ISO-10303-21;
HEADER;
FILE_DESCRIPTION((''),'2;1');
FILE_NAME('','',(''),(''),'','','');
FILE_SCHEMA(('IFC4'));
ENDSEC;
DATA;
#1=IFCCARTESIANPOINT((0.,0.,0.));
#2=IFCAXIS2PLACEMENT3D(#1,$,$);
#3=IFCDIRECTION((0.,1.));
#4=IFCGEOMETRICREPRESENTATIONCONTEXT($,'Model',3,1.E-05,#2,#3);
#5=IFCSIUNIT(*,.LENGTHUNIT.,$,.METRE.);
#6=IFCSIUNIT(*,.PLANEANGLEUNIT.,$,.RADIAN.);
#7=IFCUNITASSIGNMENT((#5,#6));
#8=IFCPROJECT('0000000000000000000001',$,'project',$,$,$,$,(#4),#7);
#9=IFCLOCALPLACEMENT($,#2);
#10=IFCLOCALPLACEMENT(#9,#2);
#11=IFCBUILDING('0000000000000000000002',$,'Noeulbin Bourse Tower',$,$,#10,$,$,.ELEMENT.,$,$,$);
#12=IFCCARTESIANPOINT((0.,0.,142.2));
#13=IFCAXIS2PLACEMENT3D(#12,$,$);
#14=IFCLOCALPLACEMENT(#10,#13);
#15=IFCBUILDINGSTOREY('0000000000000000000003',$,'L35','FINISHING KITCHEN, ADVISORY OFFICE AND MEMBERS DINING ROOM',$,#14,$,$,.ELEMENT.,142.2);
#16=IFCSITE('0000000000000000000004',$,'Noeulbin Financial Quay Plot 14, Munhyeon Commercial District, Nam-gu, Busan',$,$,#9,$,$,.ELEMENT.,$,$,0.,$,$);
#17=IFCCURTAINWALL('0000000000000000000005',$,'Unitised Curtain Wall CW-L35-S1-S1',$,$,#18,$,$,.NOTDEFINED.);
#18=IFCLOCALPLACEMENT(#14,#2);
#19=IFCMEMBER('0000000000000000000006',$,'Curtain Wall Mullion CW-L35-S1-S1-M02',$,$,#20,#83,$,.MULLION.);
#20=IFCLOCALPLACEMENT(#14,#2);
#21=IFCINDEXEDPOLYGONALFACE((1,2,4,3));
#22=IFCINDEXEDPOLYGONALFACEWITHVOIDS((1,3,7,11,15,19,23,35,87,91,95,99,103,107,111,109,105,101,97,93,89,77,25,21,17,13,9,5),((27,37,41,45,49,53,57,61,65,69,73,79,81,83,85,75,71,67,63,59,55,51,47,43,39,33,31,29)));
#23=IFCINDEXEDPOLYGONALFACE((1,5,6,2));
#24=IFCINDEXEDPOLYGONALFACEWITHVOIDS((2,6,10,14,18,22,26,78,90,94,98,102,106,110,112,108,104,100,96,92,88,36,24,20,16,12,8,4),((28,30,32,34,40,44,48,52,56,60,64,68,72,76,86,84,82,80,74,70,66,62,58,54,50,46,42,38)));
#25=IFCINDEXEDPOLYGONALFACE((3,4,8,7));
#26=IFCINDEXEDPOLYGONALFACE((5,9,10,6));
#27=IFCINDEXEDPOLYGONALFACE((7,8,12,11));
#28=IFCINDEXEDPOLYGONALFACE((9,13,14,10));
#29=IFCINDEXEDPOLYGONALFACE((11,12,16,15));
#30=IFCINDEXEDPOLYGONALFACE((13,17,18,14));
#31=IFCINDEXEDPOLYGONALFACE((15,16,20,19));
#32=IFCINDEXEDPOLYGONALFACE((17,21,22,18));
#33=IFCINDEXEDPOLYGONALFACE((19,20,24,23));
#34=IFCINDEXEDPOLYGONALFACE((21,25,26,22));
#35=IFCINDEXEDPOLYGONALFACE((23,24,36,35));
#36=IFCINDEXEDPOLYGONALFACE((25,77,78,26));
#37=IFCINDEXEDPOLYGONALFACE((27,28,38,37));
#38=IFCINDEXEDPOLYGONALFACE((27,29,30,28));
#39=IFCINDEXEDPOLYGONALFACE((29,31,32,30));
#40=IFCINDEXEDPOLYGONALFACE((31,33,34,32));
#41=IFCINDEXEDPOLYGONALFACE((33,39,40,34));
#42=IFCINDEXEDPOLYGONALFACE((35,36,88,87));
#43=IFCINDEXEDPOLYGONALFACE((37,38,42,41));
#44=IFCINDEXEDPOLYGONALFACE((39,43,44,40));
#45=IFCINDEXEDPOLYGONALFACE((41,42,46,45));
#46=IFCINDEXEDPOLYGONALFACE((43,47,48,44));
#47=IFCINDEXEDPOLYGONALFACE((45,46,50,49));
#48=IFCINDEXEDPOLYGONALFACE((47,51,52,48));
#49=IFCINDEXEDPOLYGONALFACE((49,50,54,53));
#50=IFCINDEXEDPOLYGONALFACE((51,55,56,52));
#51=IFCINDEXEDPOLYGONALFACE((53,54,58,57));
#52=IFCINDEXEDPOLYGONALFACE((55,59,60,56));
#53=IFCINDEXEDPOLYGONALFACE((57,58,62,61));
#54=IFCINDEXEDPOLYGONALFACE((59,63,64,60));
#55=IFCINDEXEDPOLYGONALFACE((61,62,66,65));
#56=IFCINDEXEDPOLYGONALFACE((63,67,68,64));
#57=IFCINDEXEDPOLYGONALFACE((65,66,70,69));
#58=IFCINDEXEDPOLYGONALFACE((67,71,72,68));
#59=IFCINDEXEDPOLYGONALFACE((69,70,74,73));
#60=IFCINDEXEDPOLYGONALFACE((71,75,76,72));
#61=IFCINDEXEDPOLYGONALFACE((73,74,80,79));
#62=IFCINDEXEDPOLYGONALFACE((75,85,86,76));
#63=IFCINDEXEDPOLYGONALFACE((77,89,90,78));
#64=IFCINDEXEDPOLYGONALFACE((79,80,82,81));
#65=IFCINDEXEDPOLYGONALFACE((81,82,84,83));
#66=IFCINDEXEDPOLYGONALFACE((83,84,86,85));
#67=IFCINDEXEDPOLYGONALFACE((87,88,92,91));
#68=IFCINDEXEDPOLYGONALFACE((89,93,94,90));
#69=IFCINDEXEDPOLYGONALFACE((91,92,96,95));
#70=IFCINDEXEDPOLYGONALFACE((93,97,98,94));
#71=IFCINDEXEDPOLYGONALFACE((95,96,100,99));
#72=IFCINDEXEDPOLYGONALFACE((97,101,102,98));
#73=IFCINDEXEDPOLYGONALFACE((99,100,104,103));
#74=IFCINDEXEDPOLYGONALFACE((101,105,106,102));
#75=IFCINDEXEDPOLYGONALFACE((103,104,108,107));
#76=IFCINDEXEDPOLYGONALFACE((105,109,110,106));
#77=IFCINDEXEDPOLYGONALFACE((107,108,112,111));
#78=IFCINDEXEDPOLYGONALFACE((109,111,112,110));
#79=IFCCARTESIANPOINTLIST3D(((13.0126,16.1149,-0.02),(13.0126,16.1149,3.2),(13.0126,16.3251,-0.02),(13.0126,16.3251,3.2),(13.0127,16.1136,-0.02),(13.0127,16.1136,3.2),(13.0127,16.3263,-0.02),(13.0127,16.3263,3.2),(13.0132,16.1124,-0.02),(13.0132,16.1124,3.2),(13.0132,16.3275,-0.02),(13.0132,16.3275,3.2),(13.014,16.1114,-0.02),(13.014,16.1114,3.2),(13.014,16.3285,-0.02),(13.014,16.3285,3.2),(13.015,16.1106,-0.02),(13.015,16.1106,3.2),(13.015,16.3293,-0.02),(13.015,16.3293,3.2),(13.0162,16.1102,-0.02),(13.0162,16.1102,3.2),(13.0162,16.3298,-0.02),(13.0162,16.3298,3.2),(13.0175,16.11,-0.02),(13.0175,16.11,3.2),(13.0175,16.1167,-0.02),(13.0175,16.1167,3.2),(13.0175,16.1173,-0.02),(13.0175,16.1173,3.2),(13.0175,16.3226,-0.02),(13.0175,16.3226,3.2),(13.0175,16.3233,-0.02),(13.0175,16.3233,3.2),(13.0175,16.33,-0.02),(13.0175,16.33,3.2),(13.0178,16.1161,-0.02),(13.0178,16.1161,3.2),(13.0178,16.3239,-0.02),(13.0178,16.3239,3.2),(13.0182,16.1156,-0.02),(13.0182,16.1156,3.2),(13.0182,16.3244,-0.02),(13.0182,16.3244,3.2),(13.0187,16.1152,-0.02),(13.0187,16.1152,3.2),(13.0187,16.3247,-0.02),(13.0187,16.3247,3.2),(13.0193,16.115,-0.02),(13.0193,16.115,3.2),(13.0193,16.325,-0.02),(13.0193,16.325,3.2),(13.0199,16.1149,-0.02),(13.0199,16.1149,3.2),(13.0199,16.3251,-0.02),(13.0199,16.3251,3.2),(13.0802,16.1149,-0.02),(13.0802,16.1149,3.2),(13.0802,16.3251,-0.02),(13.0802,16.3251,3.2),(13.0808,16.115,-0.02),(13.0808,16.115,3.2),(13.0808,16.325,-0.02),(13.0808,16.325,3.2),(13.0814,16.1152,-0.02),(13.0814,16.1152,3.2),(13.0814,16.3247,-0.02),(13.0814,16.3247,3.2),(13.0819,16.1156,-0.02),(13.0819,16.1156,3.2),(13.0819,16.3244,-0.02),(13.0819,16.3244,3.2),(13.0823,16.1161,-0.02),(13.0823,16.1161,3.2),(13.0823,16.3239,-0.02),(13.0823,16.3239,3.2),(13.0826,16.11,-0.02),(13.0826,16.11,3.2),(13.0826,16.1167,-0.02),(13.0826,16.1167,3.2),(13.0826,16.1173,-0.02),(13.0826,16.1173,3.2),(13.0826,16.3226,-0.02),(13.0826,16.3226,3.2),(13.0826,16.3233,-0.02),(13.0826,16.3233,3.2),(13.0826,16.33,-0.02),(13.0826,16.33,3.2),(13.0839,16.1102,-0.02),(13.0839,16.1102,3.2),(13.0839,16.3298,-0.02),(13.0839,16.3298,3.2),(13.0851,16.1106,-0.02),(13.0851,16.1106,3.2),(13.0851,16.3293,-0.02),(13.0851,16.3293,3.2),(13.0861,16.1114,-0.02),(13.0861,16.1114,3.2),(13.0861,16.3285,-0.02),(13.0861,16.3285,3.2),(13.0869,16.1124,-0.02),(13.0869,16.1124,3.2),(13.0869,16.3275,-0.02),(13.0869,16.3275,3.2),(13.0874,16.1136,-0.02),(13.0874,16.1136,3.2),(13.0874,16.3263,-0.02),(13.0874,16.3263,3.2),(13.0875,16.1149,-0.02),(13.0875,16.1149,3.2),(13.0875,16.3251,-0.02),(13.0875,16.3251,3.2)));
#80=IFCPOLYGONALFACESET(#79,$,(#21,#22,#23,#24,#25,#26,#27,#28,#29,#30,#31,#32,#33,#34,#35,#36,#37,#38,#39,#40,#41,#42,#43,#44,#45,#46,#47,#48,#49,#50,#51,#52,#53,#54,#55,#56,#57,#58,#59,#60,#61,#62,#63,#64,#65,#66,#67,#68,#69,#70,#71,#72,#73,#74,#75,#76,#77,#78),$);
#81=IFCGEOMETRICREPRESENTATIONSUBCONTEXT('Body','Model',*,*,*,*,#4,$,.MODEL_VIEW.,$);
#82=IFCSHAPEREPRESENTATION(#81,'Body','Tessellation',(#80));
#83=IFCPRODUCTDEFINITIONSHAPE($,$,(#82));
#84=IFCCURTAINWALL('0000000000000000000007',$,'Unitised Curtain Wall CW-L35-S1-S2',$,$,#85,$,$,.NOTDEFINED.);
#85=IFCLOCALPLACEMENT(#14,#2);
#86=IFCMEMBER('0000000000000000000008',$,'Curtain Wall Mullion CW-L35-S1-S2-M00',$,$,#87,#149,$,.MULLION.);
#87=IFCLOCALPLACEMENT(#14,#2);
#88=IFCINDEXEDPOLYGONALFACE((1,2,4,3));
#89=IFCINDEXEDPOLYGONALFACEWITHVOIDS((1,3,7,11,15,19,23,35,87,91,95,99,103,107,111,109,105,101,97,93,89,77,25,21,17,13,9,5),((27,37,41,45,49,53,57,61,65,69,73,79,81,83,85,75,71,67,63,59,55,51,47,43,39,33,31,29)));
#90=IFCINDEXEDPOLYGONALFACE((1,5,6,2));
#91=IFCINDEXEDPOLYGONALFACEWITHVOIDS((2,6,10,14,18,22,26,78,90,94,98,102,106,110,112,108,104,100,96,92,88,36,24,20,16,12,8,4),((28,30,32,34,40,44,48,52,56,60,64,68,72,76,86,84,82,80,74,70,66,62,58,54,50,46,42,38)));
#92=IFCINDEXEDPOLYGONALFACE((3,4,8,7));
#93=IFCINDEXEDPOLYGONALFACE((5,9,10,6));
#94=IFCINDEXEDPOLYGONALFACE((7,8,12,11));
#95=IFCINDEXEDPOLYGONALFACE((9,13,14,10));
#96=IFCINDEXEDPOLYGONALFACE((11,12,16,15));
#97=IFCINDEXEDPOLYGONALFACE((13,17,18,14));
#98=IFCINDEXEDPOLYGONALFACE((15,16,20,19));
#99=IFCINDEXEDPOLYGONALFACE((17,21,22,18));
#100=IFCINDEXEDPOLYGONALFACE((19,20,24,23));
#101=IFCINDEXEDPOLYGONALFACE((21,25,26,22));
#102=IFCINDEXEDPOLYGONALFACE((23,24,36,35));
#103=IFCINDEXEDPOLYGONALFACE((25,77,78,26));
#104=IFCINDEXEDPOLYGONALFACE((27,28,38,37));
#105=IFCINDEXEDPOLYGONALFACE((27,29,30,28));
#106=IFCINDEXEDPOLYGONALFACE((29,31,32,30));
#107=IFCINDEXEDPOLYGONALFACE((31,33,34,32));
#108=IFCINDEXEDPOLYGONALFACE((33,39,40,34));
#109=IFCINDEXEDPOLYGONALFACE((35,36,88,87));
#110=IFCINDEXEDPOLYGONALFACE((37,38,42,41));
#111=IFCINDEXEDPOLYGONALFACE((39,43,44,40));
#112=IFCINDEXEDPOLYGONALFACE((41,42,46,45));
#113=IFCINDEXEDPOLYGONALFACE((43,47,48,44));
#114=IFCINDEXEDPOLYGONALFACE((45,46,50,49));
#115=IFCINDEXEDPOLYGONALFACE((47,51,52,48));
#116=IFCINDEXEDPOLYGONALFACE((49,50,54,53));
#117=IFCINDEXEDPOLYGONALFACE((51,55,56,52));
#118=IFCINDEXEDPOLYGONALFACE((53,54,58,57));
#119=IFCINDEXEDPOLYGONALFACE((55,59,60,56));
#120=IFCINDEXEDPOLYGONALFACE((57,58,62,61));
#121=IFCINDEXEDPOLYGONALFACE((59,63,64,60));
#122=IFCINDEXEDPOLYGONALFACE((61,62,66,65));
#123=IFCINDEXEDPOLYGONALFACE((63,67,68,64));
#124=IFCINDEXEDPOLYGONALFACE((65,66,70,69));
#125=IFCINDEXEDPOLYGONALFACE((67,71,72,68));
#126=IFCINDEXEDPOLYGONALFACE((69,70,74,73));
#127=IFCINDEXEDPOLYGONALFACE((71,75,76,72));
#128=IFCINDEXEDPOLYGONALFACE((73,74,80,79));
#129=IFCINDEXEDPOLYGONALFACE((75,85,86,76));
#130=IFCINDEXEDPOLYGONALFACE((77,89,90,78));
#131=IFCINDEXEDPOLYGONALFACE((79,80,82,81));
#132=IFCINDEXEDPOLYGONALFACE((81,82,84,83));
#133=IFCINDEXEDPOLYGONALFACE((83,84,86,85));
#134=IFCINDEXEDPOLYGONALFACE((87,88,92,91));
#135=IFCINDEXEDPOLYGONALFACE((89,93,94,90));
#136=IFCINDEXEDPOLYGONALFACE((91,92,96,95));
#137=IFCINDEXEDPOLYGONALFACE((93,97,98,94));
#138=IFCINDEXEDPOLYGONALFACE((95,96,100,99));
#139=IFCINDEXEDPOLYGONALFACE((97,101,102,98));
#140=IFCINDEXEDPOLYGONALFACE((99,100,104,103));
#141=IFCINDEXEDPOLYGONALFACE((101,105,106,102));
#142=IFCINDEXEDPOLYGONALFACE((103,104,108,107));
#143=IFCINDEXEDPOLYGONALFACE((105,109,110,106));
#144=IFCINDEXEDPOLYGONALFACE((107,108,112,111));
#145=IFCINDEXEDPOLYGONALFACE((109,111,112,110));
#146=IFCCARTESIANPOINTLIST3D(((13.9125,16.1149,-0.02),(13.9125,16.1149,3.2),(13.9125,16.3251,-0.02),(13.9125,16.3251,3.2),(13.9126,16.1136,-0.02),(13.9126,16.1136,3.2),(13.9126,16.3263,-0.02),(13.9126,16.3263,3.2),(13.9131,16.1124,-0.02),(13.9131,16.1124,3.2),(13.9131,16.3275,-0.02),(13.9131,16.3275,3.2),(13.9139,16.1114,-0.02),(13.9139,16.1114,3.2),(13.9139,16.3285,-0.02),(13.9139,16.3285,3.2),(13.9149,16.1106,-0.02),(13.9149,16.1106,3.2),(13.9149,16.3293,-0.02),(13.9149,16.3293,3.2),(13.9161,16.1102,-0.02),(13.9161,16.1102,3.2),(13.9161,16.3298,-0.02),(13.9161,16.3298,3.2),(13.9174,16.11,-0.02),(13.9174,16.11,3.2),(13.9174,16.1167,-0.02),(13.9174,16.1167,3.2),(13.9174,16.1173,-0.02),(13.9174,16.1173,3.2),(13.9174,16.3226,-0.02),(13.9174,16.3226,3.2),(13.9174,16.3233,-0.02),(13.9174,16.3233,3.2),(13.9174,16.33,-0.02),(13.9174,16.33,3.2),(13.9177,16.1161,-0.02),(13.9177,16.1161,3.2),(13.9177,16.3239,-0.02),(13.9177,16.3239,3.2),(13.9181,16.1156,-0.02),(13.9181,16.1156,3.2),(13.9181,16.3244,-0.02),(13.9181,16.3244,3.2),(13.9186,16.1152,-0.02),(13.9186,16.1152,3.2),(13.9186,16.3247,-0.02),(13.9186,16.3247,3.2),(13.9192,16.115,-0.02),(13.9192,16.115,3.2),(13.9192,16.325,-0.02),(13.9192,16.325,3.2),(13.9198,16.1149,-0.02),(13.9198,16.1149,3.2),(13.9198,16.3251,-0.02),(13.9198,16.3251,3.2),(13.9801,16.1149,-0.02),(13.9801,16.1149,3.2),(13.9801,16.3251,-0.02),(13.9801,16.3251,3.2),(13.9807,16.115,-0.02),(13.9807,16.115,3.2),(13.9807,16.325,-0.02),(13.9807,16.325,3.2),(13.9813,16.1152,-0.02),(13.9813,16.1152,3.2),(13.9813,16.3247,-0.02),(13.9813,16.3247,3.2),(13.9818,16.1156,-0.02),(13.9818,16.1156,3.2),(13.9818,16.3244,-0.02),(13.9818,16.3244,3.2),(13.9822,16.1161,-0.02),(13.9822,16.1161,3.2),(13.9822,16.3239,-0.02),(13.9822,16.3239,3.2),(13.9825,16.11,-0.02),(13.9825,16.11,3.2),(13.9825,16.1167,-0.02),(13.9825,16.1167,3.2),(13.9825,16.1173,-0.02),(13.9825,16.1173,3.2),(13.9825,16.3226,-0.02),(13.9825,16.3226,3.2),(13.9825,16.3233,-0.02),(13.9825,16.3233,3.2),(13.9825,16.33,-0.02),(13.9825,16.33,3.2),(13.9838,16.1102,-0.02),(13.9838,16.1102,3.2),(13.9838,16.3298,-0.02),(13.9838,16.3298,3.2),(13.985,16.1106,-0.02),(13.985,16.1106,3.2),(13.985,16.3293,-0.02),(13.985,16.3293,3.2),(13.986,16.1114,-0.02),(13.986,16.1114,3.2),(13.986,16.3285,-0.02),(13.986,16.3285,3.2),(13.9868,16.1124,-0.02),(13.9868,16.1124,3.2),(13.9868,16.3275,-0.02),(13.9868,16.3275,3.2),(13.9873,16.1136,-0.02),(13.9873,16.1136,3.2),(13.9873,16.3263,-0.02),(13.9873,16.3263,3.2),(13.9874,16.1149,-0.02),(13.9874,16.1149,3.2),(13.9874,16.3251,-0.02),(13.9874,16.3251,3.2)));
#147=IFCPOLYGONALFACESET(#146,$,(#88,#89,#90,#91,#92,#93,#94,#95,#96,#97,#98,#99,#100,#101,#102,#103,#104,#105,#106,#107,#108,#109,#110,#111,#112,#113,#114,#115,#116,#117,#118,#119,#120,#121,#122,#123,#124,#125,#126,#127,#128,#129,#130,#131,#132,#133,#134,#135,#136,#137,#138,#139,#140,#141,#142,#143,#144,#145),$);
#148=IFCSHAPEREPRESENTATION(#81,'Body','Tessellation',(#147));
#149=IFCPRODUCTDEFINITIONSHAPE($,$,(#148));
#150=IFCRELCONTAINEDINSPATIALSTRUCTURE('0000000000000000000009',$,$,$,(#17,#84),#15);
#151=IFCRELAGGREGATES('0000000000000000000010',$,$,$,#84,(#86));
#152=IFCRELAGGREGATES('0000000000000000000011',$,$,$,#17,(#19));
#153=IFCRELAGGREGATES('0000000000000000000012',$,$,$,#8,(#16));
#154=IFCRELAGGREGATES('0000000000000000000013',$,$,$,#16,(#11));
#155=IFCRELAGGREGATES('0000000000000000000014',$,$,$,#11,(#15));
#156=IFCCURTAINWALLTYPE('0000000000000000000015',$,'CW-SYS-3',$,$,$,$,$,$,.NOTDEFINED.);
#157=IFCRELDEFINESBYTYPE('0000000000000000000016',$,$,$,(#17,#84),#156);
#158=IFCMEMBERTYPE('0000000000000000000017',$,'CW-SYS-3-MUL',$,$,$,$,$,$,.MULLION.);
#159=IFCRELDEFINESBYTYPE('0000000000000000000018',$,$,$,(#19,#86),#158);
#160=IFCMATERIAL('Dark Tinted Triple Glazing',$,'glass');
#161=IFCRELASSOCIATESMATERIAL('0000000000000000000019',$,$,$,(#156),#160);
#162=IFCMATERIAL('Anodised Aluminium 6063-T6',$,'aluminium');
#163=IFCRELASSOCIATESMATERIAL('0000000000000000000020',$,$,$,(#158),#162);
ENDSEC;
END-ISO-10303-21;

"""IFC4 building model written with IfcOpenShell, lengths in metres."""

from ifc_helpers import new_model, si_unit, direction, frame, origin, origin_2d, place, context, subcontext, project, spatial, hollow_rectangle, extrude, material, material_profile, profile_set, type_object, element, aggregate, save


model = new_model("IFC4")

# Units and contexts
model_context = context("Model", 3, precision=1e-05, world=origin(), true_north=direction((0.0, 1.0)))
body_context = subcontext(model_context, "Body", "Model", "MODEL_VIEW")
ifc_project = project(units=[si_unit("LENGTHUNIT", "METRE"), si_unit("PLANEANGLEUNIT", "RADIAN")], contexts=[model_context])

# Site, building, storey
site_placement = place(None, origin())
site = spatial("IfcSite", under=ifc_project, at=site_placement, Name="Noeulbin Financial Quay Plot 14, Munhyeon Commercial District, Nam-gu, Busan", CompositionType="ELEMENT", RefElevation=0.0)
building_placement = place(site_placement, origin())
building = spatial("IfcBuilding", under=site, at=building_placement, Name="Noeulbin Bourse Tower", CompositionType="ELEMENT")
storey_placement = place(building_placement, frame((0.0, 0.0, 142.2)))
storey = spatial("IfcBuildingStorey", under=building, at=storey_placement, Name="L35", Description="FINISHING KITCHEN, ADVISORY OFFICE AND MEMBERS DINING ROOM", CompositionType="ELEMENT", Elevation=142.2)

# Curtain wall, member
ifc_material_1 = material(Name="Dark Tinted Triple Glazing", Category="glass")
curtain_wall_type = type_object("IfcCurtainWallType", Name="CW-SYS-3", PredefinedType="NOTDEFINED", material=ifc_material_1)
curtain_wall_1_placement = place(storey_placement, origin())
curtain_wall_1 = element("IfcCurtainWall", 1, at=curtain_wall_1_placement, inside=storey, type_object=curtain_wall_type, Name="Unitised Curtain Wall CW-L35-S1-S1", PredefinedType="NOTDEFINED")
ifc_material_2 = material(Name="Anodised Aluminium 6063-T6", Category="aluminium")
ifc_material_profile_1 = material_profile(ifc_material_2, hollow_rectangle(XDim=0.075, YDim=0.22, WallThickness=0.0049, InnerFilletRadius=0.0024, OuterFilletRadius=0.0049, at=origin_2d()), Name="ALU-MULL-75x220x5", Category="LoadBearing")
ifc_profile_set_1 = profile_set([ifc_material_profile_1], Name="Anodised Aluminium 6063-T6")
member_type_1 = type_object("IfcMemberType", Name="CW-SYS-3-MUL", PredefinedType="MULLION", material=ifc_profile_set_1)
member_1_placement = place(storey_placement, frame((13.05, 16.22, -0.02), z_axis=(0.0, 0.0, 1.0), x_axis=(1.0, 0.0, 0.0)))
member_1 = element("IfcMember", 2, at=member_1_placement, type_object=member_type_1, Name="Curtain Wall Mullion CW-L35-S1-S1-M02", PredefinedType="MULLION", context=body_context, shape_type="SweptSolid", body=[
    extrude(hollow_rectangle(XDim=0.075, YDim=0.22, WallThickness=0.0049, InnerFilletRadius=0.0024, OuterFilletRadius=0.0049, at=origin_2d()), origin(), (0.0, 0.0, 1.0), 3.22),
])

# Curtain wall, member
curtain_wall_2_placement = place(storey_placement, origin())
curtain_wall_2 = element("IfcCurtainWall", 3, at=curtain_wall_2_placement, inside=storey, type_object=curtain_wall_type, Name="Unitised Curtain Wall CW-L35-S1-S2", PredefinedType="NOTDEFINED")
member_2_placement = place(storey_placement, frame((13.95, 16.22, -0.02), z_axis=(0.0, 0.0, 1.0), x_axis=(1.0, 0.0, 0.0)))
member_2 = element("IfcMember", 4, at=member_2_placement, type_object=member_type_1, Name="Curtain Wall Mullion CW-L35-S1-S2-M00", PredefinedType="MULLION", context=body_context, shape_type="SweptSolid", body=[
    extrude(hollow_rectangle(XDim=0.075, YDim=0.22, WallThickness=0.0049, InnerFilletRadius=0.0024, OuterFilletRadius=0.0049, at=origin_2d()), origin(), (0.0, 0.0, 1.0), 3.22),
])

aggregate(curtain_wall_2, [member_2])

aggregate(curtain_wall_1, [member_1])

save(model, "model.ifc")
